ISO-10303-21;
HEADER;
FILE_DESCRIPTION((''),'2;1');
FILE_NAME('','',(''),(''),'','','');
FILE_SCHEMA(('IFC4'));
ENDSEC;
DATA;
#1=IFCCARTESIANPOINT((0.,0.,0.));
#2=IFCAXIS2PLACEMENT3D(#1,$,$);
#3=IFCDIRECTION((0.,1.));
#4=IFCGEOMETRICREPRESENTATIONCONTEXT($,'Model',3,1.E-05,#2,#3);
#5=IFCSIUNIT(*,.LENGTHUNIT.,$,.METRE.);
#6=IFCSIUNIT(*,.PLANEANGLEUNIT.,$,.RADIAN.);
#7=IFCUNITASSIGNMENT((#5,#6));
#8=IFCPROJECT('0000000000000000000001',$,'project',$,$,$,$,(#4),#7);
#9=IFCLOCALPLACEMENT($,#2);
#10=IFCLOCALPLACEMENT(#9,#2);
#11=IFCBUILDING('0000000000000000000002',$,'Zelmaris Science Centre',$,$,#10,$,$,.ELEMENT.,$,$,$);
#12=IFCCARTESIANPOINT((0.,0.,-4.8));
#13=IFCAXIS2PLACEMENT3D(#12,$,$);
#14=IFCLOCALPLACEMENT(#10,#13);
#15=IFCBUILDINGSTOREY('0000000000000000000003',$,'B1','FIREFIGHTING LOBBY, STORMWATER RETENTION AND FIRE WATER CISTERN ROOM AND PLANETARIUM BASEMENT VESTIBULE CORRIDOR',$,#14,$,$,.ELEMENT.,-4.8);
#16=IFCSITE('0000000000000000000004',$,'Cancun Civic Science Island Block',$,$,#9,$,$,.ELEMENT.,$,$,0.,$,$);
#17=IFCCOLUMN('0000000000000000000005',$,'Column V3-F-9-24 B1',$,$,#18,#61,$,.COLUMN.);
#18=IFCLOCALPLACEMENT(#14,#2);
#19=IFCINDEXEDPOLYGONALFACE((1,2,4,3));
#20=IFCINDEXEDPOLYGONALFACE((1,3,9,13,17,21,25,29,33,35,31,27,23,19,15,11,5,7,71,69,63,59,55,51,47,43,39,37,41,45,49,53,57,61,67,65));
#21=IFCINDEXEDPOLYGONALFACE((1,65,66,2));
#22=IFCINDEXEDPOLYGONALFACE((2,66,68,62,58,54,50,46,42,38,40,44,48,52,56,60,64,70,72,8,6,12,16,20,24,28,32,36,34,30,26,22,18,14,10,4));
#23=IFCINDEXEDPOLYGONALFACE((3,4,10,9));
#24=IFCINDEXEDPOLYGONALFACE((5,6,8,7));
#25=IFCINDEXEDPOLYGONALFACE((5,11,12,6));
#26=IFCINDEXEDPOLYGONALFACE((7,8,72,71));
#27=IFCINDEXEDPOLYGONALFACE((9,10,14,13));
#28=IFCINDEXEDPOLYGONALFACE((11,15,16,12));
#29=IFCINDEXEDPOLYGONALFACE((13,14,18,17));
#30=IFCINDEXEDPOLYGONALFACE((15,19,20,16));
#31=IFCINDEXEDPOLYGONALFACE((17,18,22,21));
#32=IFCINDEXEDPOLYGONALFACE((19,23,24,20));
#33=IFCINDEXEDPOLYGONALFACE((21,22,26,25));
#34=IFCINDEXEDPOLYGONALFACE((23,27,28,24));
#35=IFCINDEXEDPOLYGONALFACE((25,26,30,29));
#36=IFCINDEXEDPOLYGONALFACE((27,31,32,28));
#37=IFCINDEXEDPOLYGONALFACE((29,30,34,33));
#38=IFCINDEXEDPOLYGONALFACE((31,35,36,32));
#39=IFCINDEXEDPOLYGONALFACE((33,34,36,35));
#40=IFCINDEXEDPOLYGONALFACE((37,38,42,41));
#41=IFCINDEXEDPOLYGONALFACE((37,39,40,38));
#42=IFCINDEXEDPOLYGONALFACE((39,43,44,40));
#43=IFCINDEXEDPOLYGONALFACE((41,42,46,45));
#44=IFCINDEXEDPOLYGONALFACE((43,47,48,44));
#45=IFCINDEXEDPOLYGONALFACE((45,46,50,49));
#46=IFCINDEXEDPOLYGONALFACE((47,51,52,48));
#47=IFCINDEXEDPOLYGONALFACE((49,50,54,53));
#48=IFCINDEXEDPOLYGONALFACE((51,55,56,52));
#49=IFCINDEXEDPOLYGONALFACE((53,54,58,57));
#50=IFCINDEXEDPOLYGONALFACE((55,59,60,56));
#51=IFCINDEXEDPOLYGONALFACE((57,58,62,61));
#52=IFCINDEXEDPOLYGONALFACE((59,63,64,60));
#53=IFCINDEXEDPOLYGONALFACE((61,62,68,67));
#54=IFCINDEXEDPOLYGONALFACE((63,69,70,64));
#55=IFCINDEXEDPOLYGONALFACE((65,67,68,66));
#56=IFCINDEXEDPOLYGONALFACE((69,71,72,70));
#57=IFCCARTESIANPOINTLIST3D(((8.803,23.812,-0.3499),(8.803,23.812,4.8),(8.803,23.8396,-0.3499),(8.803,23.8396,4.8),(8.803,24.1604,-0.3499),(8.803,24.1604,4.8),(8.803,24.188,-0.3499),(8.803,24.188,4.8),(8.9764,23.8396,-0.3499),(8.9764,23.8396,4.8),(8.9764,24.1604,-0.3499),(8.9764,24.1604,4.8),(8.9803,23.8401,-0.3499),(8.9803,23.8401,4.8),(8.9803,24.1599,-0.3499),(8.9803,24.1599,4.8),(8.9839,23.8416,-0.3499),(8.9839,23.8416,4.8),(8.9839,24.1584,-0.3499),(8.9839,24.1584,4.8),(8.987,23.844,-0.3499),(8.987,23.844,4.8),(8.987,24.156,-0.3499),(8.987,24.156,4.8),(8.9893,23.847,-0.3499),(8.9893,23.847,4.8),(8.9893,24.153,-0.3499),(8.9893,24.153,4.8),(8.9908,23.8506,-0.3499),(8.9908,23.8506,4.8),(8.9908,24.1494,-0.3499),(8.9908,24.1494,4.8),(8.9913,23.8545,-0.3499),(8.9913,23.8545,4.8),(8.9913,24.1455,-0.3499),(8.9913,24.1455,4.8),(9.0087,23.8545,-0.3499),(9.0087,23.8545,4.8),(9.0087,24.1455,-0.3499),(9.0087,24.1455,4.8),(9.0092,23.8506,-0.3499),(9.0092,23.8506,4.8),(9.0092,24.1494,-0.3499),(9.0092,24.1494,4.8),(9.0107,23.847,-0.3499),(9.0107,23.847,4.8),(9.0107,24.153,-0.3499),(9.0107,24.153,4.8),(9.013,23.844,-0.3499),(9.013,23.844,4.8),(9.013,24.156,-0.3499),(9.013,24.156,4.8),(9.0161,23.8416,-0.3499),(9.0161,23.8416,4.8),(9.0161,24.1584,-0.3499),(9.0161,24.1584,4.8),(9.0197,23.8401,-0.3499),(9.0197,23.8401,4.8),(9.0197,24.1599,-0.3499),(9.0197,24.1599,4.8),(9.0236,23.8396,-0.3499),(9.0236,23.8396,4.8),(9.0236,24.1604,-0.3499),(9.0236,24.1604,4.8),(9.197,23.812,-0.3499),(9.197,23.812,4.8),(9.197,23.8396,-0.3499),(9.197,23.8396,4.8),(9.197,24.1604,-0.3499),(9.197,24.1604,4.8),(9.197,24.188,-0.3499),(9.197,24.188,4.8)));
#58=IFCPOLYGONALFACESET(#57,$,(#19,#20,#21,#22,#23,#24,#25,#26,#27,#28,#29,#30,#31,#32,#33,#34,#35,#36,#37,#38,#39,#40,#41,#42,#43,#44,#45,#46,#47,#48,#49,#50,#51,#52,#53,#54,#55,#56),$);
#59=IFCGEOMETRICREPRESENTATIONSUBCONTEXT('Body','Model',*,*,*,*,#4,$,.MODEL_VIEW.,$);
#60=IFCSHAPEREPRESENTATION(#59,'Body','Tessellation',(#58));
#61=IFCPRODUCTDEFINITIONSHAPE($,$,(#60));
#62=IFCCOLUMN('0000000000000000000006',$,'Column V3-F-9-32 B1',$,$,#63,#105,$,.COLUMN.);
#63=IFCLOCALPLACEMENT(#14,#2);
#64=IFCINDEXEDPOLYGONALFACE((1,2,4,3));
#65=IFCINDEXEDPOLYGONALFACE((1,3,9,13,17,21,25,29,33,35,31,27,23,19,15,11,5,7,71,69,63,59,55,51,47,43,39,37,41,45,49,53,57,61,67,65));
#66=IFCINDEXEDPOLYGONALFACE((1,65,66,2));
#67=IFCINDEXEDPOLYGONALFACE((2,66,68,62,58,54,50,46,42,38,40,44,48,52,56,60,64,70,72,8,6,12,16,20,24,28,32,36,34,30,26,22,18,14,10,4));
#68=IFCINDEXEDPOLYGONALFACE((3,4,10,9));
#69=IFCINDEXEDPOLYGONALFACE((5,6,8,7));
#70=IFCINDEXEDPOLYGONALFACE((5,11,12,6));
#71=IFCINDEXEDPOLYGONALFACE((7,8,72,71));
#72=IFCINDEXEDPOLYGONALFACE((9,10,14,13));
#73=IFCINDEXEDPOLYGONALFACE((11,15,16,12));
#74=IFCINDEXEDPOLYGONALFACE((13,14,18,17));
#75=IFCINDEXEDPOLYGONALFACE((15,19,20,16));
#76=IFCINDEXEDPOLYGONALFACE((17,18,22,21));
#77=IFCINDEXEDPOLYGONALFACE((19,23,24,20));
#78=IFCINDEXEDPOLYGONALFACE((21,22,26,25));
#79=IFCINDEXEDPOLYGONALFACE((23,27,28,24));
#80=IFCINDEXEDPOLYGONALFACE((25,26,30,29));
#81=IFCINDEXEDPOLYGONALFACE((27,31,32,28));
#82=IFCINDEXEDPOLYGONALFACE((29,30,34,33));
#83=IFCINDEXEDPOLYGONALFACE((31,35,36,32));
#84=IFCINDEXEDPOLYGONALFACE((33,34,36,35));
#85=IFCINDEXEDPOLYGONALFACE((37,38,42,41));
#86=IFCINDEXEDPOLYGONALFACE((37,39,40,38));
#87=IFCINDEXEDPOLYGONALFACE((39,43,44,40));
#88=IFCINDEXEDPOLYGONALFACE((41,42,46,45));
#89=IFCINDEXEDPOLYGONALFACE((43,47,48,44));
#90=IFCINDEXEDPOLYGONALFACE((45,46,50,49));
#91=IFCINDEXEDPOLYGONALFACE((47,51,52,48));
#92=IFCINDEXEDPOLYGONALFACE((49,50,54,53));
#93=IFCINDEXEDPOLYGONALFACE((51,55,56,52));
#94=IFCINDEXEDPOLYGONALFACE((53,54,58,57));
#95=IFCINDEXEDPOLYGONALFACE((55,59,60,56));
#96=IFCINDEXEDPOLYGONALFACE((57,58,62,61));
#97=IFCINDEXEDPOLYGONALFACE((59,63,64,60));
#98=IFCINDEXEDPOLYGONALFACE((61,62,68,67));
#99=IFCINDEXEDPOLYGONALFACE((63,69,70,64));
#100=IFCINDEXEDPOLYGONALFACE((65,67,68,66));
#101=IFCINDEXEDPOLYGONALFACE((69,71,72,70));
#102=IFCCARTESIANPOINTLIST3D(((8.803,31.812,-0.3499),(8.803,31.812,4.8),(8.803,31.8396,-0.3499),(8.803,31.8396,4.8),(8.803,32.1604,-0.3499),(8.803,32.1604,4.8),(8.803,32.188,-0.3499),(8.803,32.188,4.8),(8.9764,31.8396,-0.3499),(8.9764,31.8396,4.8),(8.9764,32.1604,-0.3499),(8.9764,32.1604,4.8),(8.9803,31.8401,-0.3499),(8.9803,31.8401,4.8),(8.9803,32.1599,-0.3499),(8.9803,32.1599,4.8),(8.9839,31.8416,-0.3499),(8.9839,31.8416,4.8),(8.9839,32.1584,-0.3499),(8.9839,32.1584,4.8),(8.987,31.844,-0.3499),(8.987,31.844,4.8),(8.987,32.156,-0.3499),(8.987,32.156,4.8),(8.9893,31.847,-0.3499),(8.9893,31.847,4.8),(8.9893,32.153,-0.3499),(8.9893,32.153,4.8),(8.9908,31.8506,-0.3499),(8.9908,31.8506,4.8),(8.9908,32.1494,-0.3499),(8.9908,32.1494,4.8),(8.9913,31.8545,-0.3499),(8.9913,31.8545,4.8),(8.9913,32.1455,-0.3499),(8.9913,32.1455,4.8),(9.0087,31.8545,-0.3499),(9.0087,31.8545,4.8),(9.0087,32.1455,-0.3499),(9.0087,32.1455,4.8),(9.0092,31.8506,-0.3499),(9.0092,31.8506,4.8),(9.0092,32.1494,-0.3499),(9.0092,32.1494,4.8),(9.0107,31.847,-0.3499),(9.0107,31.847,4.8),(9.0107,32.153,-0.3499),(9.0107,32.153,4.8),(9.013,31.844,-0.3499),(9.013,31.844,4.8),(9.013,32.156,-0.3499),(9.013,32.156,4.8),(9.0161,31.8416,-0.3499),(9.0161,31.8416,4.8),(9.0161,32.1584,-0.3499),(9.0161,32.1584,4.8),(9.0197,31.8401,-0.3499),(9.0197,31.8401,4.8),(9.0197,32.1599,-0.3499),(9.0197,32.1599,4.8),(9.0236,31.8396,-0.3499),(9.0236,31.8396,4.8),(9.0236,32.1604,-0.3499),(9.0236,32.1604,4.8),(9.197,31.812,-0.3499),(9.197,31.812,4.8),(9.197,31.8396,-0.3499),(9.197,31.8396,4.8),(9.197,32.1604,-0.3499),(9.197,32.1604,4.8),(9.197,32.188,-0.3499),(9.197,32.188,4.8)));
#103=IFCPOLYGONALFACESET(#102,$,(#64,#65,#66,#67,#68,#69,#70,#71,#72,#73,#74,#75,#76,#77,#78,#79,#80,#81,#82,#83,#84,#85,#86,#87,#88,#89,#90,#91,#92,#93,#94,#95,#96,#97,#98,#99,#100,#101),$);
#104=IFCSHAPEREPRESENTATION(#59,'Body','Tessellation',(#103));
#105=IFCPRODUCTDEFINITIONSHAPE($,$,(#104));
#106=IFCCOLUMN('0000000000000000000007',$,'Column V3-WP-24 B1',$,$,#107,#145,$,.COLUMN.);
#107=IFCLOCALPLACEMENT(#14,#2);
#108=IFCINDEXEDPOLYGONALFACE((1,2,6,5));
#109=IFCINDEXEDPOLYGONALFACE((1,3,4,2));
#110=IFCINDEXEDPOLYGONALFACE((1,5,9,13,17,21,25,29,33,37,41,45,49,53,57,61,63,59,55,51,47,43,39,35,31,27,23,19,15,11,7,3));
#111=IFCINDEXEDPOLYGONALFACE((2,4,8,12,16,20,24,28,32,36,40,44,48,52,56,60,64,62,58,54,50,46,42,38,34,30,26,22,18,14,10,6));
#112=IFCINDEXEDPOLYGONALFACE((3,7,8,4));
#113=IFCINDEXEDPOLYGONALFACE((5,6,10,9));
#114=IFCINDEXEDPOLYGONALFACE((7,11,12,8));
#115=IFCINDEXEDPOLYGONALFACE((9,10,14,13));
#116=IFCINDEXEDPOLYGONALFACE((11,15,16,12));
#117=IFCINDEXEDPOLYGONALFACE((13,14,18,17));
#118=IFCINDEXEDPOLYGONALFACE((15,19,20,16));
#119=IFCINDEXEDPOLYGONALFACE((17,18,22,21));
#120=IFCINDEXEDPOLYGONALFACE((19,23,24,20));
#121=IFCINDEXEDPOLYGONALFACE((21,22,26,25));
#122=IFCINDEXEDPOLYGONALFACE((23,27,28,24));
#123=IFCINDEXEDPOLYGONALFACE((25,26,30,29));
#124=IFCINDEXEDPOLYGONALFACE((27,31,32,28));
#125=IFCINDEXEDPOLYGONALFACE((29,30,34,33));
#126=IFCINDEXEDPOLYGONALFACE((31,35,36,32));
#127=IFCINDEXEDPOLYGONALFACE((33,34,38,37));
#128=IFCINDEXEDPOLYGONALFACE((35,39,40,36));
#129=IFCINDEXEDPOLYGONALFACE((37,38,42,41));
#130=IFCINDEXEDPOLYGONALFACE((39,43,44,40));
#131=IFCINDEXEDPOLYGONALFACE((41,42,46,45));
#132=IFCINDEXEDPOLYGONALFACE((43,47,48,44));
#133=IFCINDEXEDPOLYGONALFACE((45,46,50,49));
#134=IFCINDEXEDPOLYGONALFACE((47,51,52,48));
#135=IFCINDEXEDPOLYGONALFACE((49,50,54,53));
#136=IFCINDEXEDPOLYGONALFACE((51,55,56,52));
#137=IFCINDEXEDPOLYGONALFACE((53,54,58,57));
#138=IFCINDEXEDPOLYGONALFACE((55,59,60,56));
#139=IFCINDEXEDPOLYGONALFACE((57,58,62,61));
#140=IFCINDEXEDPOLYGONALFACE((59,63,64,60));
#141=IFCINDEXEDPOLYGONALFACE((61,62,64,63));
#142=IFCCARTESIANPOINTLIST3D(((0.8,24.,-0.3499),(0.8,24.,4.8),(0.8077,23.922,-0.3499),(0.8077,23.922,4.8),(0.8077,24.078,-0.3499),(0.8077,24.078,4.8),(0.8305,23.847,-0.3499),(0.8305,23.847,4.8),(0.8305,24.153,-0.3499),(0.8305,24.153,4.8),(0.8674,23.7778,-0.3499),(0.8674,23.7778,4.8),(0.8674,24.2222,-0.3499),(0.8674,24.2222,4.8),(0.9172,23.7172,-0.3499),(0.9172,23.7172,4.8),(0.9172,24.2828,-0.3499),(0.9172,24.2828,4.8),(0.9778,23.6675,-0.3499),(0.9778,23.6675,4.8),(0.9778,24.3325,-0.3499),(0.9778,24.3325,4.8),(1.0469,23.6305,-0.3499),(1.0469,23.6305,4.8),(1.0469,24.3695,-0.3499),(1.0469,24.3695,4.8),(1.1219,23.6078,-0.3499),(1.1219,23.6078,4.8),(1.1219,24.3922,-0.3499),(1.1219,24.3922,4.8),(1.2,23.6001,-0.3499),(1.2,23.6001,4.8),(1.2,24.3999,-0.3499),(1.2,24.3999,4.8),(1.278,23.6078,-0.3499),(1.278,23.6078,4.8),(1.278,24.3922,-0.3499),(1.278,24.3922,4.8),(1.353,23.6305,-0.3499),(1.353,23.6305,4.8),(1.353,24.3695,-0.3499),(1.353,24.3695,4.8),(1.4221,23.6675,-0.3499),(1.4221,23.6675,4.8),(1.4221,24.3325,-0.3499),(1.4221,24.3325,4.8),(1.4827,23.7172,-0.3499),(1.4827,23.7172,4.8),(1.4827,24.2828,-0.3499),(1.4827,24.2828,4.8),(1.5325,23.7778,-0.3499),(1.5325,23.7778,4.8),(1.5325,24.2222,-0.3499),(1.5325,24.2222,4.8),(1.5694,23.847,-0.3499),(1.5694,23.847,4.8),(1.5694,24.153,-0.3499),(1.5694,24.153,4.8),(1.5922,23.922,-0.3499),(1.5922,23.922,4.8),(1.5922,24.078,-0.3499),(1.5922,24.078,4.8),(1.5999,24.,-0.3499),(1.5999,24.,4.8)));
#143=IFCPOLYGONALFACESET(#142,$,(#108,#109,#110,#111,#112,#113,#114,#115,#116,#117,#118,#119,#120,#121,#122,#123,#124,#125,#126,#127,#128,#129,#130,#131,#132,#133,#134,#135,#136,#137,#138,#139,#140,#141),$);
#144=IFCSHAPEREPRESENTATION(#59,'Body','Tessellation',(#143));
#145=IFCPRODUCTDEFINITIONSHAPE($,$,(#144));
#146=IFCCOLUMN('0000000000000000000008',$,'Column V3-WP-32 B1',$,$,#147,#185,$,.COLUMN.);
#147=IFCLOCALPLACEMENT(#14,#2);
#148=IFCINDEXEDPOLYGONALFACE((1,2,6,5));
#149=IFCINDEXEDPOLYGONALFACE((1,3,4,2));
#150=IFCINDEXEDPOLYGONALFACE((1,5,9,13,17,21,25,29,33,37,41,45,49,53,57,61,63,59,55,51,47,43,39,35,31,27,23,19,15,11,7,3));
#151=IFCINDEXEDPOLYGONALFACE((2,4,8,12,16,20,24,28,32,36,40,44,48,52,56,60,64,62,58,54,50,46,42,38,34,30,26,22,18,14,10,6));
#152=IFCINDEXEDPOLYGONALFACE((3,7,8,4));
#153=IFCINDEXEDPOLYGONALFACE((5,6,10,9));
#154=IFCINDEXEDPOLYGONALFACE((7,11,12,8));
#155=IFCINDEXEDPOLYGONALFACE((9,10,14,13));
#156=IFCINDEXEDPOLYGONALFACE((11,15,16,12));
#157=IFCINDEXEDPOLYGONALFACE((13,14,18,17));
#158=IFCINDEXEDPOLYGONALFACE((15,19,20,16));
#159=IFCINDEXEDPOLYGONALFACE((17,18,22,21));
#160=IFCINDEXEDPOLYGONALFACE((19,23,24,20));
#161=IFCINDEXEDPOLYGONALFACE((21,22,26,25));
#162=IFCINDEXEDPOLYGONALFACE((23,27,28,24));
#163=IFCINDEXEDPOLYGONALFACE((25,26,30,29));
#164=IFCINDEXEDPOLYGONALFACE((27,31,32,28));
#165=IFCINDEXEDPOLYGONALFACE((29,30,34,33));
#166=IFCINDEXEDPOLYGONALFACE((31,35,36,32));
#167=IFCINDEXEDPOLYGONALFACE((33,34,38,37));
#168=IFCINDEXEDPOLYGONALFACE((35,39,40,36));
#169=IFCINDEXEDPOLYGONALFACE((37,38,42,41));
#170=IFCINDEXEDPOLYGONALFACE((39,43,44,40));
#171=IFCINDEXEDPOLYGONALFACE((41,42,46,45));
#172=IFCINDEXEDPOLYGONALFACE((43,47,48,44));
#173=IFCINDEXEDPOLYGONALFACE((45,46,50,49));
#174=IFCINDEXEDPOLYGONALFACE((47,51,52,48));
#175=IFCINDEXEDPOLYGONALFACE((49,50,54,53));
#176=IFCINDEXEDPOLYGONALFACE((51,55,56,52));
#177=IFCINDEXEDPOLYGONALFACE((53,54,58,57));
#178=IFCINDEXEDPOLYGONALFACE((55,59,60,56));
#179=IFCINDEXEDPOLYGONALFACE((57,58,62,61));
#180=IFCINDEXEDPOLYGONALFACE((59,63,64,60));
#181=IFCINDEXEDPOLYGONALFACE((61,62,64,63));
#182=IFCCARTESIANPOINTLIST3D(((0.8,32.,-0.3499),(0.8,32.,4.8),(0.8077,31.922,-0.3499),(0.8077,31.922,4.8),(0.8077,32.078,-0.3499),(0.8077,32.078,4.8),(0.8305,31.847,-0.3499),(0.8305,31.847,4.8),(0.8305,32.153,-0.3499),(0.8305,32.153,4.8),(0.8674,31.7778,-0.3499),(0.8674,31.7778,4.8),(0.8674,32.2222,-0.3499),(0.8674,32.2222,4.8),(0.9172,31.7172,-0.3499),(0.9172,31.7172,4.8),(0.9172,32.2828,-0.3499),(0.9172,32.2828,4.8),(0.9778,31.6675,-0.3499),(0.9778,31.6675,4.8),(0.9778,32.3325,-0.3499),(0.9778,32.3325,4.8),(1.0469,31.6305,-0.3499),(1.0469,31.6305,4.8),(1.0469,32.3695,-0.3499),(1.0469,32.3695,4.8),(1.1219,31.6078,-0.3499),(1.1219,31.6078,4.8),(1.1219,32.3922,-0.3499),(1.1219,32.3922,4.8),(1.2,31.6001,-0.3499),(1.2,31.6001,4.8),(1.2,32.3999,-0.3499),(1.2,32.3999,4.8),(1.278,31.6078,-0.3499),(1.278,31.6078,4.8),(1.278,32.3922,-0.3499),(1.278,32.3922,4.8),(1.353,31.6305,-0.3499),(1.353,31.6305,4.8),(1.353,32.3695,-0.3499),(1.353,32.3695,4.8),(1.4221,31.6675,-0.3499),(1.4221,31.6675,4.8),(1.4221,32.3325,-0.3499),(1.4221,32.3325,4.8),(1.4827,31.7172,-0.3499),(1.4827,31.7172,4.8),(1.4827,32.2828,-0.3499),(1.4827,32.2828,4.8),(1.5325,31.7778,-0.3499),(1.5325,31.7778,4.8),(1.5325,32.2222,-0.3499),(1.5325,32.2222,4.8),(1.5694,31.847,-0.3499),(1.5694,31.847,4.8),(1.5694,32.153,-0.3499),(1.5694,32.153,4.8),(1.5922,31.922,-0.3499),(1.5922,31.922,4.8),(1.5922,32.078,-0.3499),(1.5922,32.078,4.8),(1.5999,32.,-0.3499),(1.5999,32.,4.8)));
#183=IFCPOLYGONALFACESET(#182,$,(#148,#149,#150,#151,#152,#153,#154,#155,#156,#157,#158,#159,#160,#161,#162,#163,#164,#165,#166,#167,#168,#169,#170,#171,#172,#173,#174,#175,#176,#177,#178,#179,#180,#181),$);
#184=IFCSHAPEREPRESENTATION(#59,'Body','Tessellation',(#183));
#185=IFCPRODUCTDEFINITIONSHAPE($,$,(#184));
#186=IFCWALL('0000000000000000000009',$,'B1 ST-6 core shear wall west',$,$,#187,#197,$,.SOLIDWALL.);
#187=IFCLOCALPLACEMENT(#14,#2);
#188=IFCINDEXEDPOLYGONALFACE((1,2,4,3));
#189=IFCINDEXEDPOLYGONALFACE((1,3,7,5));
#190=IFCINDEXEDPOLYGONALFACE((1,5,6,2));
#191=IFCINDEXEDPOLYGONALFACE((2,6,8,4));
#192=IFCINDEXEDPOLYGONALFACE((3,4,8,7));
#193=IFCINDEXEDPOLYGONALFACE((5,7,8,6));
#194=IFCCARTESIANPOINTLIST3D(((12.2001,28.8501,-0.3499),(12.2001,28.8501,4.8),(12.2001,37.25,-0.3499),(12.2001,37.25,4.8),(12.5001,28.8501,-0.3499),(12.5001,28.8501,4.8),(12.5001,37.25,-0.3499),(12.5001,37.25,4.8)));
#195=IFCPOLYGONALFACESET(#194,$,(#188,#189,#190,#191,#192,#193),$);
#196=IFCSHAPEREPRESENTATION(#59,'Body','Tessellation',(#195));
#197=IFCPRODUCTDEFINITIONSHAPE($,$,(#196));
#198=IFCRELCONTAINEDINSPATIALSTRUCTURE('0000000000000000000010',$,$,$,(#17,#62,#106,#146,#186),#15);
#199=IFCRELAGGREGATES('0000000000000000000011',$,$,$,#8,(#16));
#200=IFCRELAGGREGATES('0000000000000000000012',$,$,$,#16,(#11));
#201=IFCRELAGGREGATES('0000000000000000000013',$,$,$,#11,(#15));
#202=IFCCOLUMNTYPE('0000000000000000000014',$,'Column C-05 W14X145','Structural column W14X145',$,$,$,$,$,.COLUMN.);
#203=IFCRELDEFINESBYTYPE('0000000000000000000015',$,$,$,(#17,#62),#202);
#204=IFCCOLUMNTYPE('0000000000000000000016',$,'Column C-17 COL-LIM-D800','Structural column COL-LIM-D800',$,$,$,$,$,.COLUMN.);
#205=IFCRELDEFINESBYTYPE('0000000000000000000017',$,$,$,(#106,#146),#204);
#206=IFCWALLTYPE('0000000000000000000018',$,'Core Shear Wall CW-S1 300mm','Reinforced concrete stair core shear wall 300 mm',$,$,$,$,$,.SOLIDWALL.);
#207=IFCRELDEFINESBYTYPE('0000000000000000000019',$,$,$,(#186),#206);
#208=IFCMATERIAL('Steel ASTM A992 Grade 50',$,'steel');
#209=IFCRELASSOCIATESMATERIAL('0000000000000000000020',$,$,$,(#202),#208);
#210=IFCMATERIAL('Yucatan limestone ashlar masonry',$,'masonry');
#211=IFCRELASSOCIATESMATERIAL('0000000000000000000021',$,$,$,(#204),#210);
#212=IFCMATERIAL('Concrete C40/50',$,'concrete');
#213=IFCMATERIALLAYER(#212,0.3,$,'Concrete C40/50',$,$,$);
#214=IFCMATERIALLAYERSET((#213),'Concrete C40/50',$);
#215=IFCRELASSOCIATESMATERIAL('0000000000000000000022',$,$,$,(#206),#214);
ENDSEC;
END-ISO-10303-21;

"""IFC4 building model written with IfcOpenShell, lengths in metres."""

from ifc_helpers import new_model, si_unit, direction, frame, frame_2d, origin, origin_2d, place, context, subcontext, project, spatial, rectangle, circle, i_section, extrude, material, layer, layer_set, material_profile, profile_set, type_object, element, save


model = new_model("IFC4")

# Units and contexts
model_context = context("Model", 3, precision=1e-05, world=origin(), true_north=direction((0.0, 1.0)))
body_context = subcontext(model_context, "Body", "Model", "MODEL_VIEW")
ifc_project = project(units=[si_unit("LENGTHUNIT", "METRE"), si_unit("PLANEANGLEUNIT", "RADIAN")], contexts=[model_context])

# Site, building, storey
site_placement = place(None, origin())
site = spatial("IfcSite", under=ifc_project, at=site_placement, Name="Cancun Civic Science Island Block", CompositionType="ELEMENT", RefElevation=0.0)
building_placement = place(site_placement, origin())
building = spatial("IfcBuilding", under=site, at=building_placement, Name="Zelmaris Science Centre", CompositionType="ELEMENT")
storey_placement = place(building_placement, frame((0.0, 0.0, -4.8)))
storey = spatial("IfcBuildingStorey", under=building, at=storey_placement, Name="B1", Description="FIREFIGHTING LOBBY, STORMWATER RETENTION AND FIRE WATER CISTERN ROOM AND PLANETARIUM BASEMENT VESTIBULE CORRIDOR", CompositionType="ELEMENT", Elevation=-4.8)

# Shared definitions
ifc_material_1 = material(Name="Concrete C40/50", Category="concrete")

# Columns
ifc_material_2 = material(Name="Steel ASTM A992 Grade 50", Category="steel")
ifc_material_profile_1 = material_profile(ifc_material_2, i_section(OverallWidth=0.394, OverallDepth=0.376, WebThickness=0.0173, FlangeThickness=0.0276, FilletRadius=0.0149, at=origin_2d()), Name="W14X145")
ifc_profile_set_1 = profile_set([ifc_material_profile_1], Name="Steel ASTM A992 Grade 50")
column_type_1 = type_object("IfcColumnType", Name="Column C-05 W14X145", Description="Structural column W14X145", PredefinedType="COLUMN", material=ifc_profile_set_1)
for number, where, z_axis, x_axis, name in (
    (1, (9.0, 24.0, -0.3499), (0.0, 0.0, 1.0), (1.0, 0.0, 0.0), "Column V3-F-9-24 B1"),
    (2, (9.0, 32.0, -0.3499), (0.0, 0.0, 1.0), (1.0, 0.0, 0.0), "Column V3-F-9-32 B1"),
):
    element("IfcColumn", number, at=place(storey_placement, frame(where, z_axis=z_axis, x_axis=x_axis)), inside=storey, type_object=column_type_1, Name=name, PredefinedType="COLUMN", context=body_context, shape_type="SweptSolid", body=[
        extrude(i_section(OverallWidth=0.394, OverallDepth=0.376, WebThickness=0.0173, FlangeThickness=0.0276, FilletRadius=0.0149, at=origin_2d()), origin(), (0.0, 0.0, 1.0), 5.1499),
    ])
ifc_material_3 = material(Name="Yucatan limestone ashlar masonry", Category="masonry")
ifc_material_profile_2 = material_profile(ifc_material_3, circle(Radius=0.3999, at=origin_2d()), Name="COL-LIM-D800")
ifc_profile_set_2 = profile_set([ifc_material_profile_2], Name="Yucatan limestone ashlar masonry")
column_type_2 = type_object("IfcColumnType", Name="Column C-17 COL-LIM-D800", Description="Structural column COL-LIM-D800", PredefinedType="COLUMN", material=ifc_profile_set_2)
for number, where, z_axis, x_axis, name in (
    (3, (1.2, 24.0, -0.3499), (0.0, 0.0, 1.0), (1.0, 0.0, 0.0), "Column V3-WP-24 B1"),
    (4, (1.2, 32.0, -0.3499), (0.0, 0.0, 1.0), (1.0, 0.0, 0.0), "Column V3-WP-32 B1"),
):
    element("IfcColumn", number, at=place(storey_placement, frame(where, z_axis=z_axis, x_axis=x_axis)), inside=storey, type_object=column_type_2, Name=name, PredefinedType="COLUMN", context=body_context, shape_type="SweptSolid", body=[
        extrude(circle(Radius=0.3999, at=origin_2d()), origin(), (0.0, 0.0, 1.0), 5.1499),
    ])

# Wall
ifc_layer_1 = layer(ifc_material_1, 0.3, Name="Concrete C40/50")
ifc_layer_set_1 = layer_set([ifc_layer_1], Name="Concrete C40/50")
wall_type_1 = type_object("IfcWallType", Name="Core Shear Wall CW-S1 300mm", Description="Reinforced concrete stair core shear wall 300 mm", PredefinedType="SOLIDWALL", material=ifc_layer_set_1)
wall_1_placement = place(storey_placement, frame((12.3501, 28.8501, -0.3499), z_axis=(0.0, 0.0, 1.0), x_axis=(0.0, 1.0, 0.0)))
element("IfcWall", 5, at=wall_1_placement, inside=storey, type_object=wall_type_1, Name="B1 ST-6 core shear wall west", PredefinedType="SOLIDWALL", context=body_context, shape_type="SweptSolid", body=[
    extrude(rectangle(XDim=8.3999, YDim=0.3, at=frame_2d((4.2, 0.0))), origin(), (0.0, 0.0, 1.0), 5.1499),
])

save(model, "model.ifc")
